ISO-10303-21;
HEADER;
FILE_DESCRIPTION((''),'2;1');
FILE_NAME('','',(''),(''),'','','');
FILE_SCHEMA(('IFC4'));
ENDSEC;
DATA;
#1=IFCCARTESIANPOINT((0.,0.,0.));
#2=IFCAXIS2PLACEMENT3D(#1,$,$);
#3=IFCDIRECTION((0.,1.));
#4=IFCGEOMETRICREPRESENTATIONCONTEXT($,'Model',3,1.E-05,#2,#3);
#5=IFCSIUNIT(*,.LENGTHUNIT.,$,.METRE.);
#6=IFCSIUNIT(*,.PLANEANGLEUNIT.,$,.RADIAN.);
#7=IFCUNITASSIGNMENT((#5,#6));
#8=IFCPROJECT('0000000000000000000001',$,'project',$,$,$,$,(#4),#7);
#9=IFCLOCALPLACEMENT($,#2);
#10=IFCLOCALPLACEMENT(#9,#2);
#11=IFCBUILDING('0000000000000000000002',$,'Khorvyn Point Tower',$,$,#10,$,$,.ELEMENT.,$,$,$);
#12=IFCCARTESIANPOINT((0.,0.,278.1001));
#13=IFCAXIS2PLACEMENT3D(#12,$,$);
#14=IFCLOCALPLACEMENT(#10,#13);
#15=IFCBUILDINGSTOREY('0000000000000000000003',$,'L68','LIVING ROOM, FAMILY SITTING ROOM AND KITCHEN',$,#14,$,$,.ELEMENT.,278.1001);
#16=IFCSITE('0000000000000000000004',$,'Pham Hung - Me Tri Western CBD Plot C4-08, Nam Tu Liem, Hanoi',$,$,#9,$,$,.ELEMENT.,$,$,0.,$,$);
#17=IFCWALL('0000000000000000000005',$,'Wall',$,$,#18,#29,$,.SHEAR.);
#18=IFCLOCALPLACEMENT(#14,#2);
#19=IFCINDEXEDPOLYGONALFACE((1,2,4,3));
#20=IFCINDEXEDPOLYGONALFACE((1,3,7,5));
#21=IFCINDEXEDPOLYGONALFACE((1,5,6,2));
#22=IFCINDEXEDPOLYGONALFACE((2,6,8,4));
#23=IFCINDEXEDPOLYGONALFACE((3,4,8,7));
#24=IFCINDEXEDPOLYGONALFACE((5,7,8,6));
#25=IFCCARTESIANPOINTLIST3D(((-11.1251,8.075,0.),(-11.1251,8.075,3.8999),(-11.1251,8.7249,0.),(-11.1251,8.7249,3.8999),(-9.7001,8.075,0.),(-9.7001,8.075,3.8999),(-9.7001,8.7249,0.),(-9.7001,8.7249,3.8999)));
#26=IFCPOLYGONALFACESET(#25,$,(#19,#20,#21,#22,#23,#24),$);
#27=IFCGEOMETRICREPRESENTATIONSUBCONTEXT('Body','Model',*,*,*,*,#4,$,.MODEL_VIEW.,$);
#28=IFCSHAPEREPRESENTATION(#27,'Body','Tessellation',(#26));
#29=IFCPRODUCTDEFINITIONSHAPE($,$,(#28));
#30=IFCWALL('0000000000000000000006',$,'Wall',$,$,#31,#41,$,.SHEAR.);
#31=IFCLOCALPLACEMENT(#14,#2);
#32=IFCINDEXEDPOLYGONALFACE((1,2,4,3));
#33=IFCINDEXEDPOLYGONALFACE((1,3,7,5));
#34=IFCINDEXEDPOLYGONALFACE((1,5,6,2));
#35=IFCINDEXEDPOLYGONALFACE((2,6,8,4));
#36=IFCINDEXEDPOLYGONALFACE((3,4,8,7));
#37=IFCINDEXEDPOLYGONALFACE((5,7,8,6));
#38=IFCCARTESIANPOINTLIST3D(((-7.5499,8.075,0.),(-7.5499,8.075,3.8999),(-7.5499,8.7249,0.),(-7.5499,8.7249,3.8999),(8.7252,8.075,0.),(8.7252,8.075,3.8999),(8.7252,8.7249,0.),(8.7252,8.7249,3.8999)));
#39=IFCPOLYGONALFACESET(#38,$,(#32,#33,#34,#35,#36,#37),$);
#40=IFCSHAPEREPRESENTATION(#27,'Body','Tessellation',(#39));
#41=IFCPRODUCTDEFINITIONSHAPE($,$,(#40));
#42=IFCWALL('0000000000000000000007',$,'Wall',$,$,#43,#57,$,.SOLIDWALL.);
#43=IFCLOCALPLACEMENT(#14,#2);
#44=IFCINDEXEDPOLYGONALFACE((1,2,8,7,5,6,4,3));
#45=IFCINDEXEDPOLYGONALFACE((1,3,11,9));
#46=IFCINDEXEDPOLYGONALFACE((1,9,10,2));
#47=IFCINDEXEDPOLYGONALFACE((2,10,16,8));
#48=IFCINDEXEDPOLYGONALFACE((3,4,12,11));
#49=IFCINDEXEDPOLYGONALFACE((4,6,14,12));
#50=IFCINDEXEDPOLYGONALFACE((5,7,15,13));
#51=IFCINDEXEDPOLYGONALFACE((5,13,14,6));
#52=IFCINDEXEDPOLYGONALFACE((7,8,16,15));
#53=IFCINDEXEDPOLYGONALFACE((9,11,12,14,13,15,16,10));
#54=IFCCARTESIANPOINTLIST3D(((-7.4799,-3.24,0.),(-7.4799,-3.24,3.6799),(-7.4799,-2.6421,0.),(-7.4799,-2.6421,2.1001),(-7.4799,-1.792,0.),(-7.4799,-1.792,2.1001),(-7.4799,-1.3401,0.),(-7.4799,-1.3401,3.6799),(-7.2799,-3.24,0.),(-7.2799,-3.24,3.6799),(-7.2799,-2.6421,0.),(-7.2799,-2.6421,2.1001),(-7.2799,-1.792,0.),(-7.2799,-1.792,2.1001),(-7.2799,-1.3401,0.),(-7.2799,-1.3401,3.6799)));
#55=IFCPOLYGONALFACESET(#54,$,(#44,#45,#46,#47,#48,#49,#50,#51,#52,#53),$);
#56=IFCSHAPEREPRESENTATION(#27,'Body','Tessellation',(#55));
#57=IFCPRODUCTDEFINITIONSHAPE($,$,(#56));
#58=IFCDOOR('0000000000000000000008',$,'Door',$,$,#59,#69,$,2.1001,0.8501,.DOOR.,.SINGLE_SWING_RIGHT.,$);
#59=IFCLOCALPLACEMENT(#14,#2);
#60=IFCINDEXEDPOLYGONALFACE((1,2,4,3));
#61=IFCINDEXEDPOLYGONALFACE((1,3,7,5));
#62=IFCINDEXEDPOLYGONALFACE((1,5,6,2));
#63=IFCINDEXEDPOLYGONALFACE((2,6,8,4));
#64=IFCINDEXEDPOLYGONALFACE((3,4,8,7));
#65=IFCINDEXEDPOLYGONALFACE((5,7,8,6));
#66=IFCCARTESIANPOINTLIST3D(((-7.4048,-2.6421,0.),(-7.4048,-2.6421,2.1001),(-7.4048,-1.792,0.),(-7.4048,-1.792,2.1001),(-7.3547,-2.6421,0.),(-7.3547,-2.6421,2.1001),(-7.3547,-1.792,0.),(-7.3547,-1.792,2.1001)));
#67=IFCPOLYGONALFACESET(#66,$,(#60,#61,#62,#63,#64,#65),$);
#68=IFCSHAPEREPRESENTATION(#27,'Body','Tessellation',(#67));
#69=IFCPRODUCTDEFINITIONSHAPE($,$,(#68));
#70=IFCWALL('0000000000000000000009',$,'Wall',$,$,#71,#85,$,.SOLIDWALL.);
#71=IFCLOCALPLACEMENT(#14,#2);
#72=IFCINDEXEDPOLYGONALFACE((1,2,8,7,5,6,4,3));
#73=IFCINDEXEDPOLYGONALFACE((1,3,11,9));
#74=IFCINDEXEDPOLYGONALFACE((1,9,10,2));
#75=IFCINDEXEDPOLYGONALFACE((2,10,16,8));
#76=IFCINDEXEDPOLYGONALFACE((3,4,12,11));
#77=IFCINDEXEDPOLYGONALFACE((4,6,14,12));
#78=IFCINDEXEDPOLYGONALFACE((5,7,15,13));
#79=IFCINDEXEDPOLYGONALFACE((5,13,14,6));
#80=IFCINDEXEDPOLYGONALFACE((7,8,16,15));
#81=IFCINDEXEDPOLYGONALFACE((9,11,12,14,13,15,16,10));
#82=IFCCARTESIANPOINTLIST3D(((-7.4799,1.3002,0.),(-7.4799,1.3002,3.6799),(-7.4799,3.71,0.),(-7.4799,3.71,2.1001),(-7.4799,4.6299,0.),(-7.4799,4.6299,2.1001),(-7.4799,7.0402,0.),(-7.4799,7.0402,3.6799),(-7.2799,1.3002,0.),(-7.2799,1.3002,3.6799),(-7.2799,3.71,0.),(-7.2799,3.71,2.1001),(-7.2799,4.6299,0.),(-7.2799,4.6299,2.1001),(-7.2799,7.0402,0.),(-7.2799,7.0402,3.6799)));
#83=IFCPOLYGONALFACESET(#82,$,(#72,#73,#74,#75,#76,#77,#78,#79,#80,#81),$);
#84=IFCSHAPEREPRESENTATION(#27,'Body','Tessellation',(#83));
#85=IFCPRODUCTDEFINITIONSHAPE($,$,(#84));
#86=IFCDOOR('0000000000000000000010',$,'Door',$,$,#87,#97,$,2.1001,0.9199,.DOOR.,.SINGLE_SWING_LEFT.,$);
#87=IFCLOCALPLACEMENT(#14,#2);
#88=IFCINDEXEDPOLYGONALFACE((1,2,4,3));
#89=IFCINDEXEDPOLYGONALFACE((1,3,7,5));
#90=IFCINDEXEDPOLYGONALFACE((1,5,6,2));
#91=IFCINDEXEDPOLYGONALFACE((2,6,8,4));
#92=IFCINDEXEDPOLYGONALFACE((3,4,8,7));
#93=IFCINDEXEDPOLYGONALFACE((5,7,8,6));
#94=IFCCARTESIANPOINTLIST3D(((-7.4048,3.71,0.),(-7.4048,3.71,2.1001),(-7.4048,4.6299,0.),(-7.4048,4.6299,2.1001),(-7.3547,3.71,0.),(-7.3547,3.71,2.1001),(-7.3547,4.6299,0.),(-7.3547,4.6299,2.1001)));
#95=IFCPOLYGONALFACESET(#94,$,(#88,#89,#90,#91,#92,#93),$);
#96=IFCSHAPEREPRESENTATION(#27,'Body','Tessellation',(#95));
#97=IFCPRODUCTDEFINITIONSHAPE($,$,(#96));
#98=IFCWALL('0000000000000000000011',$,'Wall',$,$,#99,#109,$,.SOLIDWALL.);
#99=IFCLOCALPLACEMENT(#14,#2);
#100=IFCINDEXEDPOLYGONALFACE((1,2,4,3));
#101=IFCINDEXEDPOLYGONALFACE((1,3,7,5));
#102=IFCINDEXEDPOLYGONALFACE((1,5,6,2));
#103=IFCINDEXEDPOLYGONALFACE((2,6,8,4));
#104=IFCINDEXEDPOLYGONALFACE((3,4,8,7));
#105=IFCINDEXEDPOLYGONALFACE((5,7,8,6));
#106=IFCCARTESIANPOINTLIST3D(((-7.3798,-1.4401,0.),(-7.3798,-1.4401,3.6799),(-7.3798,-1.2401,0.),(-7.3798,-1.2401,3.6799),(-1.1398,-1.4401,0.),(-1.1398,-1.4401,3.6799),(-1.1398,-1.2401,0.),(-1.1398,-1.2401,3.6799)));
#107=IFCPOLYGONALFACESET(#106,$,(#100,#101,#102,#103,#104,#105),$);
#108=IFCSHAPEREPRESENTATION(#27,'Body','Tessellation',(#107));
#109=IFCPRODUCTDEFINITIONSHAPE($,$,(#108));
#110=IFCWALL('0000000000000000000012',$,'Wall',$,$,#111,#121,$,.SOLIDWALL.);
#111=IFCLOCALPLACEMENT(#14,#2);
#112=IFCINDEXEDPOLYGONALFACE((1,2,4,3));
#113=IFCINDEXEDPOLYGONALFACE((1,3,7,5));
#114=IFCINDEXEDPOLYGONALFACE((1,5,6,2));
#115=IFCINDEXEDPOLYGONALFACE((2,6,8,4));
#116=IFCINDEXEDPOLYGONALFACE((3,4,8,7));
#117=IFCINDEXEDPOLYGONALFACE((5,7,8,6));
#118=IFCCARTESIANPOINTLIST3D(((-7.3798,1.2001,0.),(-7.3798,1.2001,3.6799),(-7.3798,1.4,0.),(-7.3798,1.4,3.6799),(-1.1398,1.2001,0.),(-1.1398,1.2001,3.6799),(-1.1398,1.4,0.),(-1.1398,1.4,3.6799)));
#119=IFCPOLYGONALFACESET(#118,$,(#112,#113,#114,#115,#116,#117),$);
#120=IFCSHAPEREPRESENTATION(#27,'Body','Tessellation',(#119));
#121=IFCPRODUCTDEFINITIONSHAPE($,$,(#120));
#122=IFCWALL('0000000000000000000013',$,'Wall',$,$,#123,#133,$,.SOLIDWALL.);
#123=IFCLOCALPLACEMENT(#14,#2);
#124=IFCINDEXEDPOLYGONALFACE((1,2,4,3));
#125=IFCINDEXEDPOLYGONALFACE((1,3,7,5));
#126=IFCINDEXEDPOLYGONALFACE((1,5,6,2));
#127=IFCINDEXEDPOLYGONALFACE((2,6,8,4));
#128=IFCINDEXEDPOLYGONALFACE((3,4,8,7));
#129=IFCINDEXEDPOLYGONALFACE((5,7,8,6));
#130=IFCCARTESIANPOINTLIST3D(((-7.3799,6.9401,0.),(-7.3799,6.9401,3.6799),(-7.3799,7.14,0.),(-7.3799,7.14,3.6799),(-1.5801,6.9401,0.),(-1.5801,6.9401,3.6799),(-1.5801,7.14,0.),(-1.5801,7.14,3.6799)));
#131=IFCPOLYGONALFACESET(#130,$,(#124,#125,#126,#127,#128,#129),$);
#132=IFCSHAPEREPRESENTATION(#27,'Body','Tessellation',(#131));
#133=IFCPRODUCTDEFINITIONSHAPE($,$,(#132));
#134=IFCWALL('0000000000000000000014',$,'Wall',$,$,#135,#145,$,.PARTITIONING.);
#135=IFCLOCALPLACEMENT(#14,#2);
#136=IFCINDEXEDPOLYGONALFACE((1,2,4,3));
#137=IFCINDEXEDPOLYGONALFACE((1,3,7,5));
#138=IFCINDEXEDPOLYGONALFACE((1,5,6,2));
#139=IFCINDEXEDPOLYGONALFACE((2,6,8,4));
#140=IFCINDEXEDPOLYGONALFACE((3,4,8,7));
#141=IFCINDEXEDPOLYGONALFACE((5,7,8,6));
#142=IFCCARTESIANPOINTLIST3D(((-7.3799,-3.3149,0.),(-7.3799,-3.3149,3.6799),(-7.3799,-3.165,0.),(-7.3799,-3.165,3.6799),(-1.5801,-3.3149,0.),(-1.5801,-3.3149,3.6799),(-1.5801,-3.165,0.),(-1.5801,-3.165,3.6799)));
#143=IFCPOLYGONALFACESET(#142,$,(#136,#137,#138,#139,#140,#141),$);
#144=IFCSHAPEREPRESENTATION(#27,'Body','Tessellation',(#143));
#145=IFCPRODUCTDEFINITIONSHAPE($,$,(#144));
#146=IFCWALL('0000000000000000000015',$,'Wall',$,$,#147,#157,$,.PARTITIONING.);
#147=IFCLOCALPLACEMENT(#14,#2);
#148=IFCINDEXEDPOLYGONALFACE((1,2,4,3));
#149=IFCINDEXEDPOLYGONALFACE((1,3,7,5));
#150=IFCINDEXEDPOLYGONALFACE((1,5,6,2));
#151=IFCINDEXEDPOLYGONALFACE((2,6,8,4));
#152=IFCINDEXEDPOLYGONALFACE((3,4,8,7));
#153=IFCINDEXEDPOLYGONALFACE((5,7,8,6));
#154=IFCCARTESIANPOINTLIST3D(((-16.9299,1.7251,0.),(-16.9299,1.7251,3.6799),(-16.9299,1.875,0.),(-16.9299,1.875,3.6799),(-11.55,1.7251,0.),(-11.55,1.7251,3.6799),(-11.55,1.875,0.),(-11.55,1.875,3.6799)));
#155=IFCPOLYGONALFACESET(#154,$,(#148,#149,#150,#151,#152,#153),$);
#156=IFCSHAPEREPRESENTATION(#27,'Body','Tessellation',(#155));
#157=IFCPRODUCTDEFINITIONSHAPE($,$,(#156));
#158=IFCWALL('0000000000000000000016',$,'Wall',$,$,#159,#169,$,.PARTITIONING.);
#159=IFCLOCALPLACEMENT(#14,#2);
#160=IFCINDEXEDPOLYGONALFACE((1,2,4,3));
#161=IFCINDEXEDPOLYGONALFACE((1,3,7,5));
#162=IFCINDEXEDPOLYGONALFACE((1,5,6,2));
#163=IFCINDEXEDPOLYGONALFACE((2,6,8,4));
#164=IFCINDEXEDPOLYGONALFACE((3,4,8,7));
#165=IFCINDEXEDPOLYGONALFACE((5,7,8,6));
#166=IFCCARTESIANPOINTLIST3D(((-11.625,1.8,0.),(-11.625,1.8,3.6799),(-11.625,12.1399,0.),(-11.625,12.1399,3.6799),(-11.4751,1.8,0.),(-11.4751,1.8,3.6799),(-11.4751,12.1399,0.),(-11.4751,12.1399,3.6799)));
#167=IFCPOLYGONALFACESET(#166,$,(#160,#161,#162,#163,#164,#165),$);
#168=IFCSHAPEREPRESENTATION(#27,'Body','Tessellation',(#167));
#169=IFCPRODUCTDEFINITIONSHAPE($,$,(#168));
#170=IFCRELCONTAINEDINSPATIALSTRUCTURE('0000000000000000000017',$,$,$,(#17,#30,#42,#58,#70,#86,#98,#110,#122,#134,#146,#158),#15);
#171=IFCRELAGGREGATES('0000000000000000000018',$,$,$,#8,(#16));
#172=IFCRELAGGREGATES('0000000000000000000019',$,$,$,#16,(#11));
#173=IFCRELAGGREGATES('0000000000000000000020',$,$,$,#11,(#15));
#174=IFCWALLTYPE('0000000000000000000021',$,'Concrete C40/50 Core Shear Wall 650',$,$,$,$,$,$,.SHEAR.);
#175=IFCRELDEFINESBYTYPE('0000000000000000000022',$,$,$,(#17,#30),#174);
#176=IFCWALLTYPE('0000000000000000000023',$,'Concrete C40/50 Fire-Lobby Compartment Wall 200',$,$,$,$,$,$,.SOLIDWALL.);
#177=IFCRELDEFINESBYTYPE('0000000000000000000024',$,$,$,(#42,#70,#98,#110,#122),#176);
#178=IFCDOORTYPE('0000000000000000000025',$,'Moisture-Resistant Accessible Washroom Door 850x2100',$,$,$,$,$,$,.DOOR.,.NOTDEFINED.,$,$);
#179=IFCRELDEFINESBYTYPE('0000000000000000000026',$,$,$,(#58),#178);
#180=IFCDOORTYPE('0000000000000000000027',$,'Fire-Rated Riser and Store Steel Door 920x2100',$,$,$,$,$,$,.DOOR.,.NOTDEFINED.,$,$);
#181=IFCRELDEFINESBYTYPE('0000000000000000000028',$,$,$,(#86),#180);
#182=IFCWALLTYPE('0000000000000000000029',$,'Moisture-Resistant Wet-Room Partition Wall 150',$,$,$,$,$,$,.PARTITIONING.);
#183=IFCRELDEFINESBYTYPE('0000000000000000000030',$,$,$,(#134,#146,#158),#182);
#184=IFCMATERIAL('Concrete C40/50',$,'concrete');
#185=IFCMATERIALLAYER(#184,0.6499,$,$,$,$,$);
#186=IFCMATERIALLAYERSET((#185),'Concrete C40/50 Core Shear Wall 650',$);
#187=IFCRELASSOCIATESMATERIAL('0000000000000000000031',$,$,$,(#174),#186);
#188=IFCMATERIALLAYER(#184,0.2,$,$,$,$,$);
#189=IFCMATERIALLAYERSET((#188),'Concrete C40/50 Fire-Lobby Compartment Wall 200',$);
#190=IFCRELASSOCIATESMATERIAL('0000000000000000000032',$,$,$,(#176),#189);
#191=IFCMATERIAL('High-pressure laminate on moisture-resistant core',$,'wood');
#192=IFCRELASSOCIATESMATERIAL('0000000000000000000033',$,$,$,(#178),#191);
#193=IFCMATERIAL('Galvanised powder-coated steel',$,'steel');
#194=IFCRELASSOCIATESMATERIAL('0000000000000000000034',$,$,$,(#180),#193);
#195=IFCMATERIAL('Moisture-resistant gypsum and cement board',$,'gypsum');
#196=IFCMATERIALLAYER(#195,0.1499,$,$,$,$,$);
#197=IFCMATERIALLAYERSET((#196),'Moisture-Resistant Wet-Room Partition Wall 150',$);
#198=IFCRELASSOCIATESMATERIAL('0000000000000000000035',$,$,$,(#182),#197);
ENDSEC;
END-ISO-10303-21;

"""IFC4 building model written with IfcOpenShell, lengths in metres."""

from ifc_helpers import new_model, si_unit, direction, frame, frame_2d, origin, place, context, subcontext, project, spatial, rectangle, extrude, material, layer, layer_set, type_object, element, fill, save


model = new_model("IFC4")

# Units and contexts
model_context = context("Model", 3, precision=1e-05, world=origin(), true_north=direction((0.0, 1.0)))
body_context = subcontext(model_context, "Body", "Model", "MODEL_VIEW")
ifc_project = project(units=[si_unit("LENGTHUNIT", "METRE"), si_unit("PLANEANGLEUNIT", "RADIAN")], contexts=[model_context])

# Site, building, storey
site_placement = place(None, origin())
site = spatial("IfcSite", under=ifc_project, at=site_placement, Name="Pham Hung - Me Tri Western CBD Plot C4-08, Nam Tu Liem, Hanoi", CompositionType="ELEMENT", RefElevation=0.0)
building_placement = place(site_placement, origin())
building = spatial("IfcBuilding", under=site, at=building_placement, Name="Khorvyn Point Tower", CompositionType="ELEMENT")
storey_placement = place(building_placement, frame((0.0, 0.0, 278.1001)))
storey = spatial("IfcBuildingStorey", under=building, at=storey_placement, Name="L68", Description="LIVING ROOM, FAMILY SITTING ROOM AND KITCHEN", CompositionType="ELEMENT", Elevation=278.1001)

# Shared definitions
ifc_material_1 = material(Name="Concrete C40/50", Category="concrete")

# Walls
ifc_layer_1 = layer(ifc_material_1, 0.6499)
ifc_layer_set_1 = layer_set([ifc_layer_1], Name="Concrete C40/50 Core Shear Wall 650")
wall_type_1 = type_object("IfcWallType", Name="Concrete C40/50 Core Shear Wall 650", PredefinedType="SHEAR", material=ifc_layer_set_1)
wall_1_placement = place(storey_placement, frame((-11.125, 8.3999, 0.0), z_axis=(0.0, 0.0, 1.0), x_axis=(1.0, 0.0, 0.0)))
element("IfcWall", 1, at=wall_1_placement, inside=storey, type_object=wall_type_1, Name="Wall", PredefinedType="SHEAR", context=body_context, shape_type="SweptSolid", body=[
    extrude(rectangle(XDim=1.425, YDim=0.6499, at=frame_2d((0.7124, 0.0))), origin(), (0.0, 0.0, 1.0), 3.8999),
])
wall_2_placement = place(storey_placement, frame((-7.55, 8.3999, 0.0), z_axis=(0.0, 0.0, 1.0), x_axis=(1.0, 0.0, 0.0)))
element("IfcWall", 2, at=wall_2_placement, inside=storey, type_object=wall_type_1, Name="Wall", PredefinedType="SHEAR", context=body_context, shape_type="SweptSolid", body=[
    extrude(rectangle(XDim=16.2751, YDim=0.6499, at=frame_2d((8.1377, 0.0))), origin(), (0.0, 0.0, 1.0), 3.8999),
])

# Walls, openings, doors
ifc_layer_2 = layer(ifc_material_1, 0.2)
ifc_layer_set_2 = layer_set([ifc_layer_2], Name="Concrete C40/50 Fire-Lobby Compartment Wall 200")
wall_type_2 = type_object("IfcWallType", Name="Concrete C40/50 Fire-Lobby Compartment Wall 200", PredefinedType="SOLIDWALL", material=ifc_layer_set_2)
ifc_material_2 = material(Name="Galvanised powder-coated steel", Category="steel")
wall_3_placement = place(storey_placement, frame((-7.3799, -3.24, 0.0), z_axis=(0.0, 0.0, 1.0), x_axis=(0.0, 1.0, 0.0)))
wall_3 = element("IfcWall", 3, at=wall_3_placement, inside=storey, type_object=wall_type_2, Name="Wall", PredefinedType="SOLIDWALL", context=body_context, shape_type="SweptSolid", body=[
    extrude(rectangle(XDim=1.8999, YDim=0.2, at=frame_2d((0.95, 0.0))), origin(), (0.0, 0.0, 1.0), 3.6799),
])
opening_1_placement = place(wall_3_placement, frame((0.5979, 0.0, 0.0)))
opening_1 = element("IfcOpeningElement", 4, at=opening_1_placement, cuts=wall_3, PredefinedType="OPENING", context=body_context, shape_type="SweptSolid", body=[
    extrude(rectangle(XDim=0.8501, YDim=2.1001, at=frame_2d((0.425, 1.05))), frame((0.0, 0.1099, 0.0), z_axis=(0.0, -1.0, 0.0), x_axis=(1.0, 0.0, 0.0)), (0.0, 0.0, 1.0), 0.22),
])
ifc_material_3 = material(Name="High-pressure laminate on moisture-resistant core", Category="wood")
door_type_1 = type_object("IfcDoorType", Name="Moisture-Resistant Accessible Washroom Door 850x2100", OperationType="NOTDEFINED", PredefinedType="DOOR", material=ifc_material_3)
door_1_placement = place(opening_1_placement, origin())
door_1 = element("IfcDoor", 5, at=door_1_placement, inside=storey, type_object=door_type_1, Name="Door", OperationType="SINGLE_SWING_RIGHT", OverallHeight=2.1001, OverallWidth=0.8501, PredefinedType="DOOR", context=body_context, shape_type="SweptSolid", body=[
    extrude(rectangle(XDim=0.8501, YDim=2.1001, at=frame_2d((0.425, 1.05))), frame((0.0, 0.0249, 0.0), z_axis=(0.0, -1.0, 0.0), x_axis=(1.0, 0.0, 0.0)), (0.0, 0.0, 1.0), 0.05),
])
fill(opening_1, door_1)
wall_4_placement = place(storey_placement, frame((-7.3799, 1.3, 0.0), z_axis=(0.0, 0.0, 1.0), x_axis=(0.0, 1.0, 0.0)))
wall_4 = element("IfcWall", 6, at=wall_4_placement, inside=storey, type_object=wall_type_2, Name="Wall", PredefinedType="SOLIDWALL", context=body_context, shape_type="SweptSolid", body=[
    extrude(rectangle(XDim=5.74, YDim=0.2, at=frame_2d((2.8701, 0.0))), origin(), (0.0, 0.0, 1.0), 3.6799),
])
opening_2_placement = place(wall_4_placement, frame((2.4099, 0.0, 0.0)))
opening_2 = element("IfcOpeningElement", 7, at=opening_2_placement, cuts=wall_4, PredefinedType="OPENING", context=body_context, shape_type="SweptSolid", body=[
    extrude(rectangle(XDim=0.9199, YDim=2.1001, at=frame_2d((0.46, 1.05))), frame((0.0, 0.1099, 0.0), z_axis=(0.0, -1.0, 0.0), x_axis=(1.0, 0.0, 0.0)), (0.0, 0.0, 1.0), 0.22),
])
door_type_2 = type_object("IfcDoorType", Name="Fire-Rated Riser and Store Steel Door 920x2100", OperationType="NOTDEFINED", PredefinedType="DOOR", material=ifc_material_2)
door_2_placement = place(opening_2_placement, origin())
door_2 = element("IfcDoor", 8, at=door_2_placement, inside=storey, type_object=door_type_2, Name="Door", OperationType="SINGLE_SWING_LEFT", OverallHeight=2.1001, OverallWidth=0.9199, PredefinedType="DOOR", context=body_context, shape_type="SweptSolid", body=[
    extrude(rectangle(XDim=0.9199, YDim=2.1001, at=frame_2d((0.46, 1.05))), frame((0.0, 0.0249, 0.0), z_axis=(0.0, -1.0, 0.0), x_axis=(1.0, 0.0, 0.0)), (0.0, 0.0, 1.0), 0.05),
])
fill(opening_2, door_2)

# Walls
for number, where, z_axis, x_axis, name in (
    (9, (-7.3799, -1.3401, 0.0), (0.0, 0.0, 1.0), (1.0, 0.0, 0.0), "Wall"),
    (10, (-7.3799, 1.3, 0.0), (0.0, 0.0, 1.0), (1.0, 0.0, 0.0), "Wall"),
):
    element("IfcWall", number, at=place(storey_placement, frame(where, z_axis=z_axis, x_axis=x_axis)), inside=storey, type_object=wall_type_2, Name=name, PredefinedType="SOLIDWALL", context=body_context, shape_type="SweptSolid", body=[
        extrude(rectangle(XDim=6.24, YDim=0.2, at=frame_2d((3.1201, 0.0))), origin(), (0.0, 0.0, 1.0), 3.6799),
    ])
wall_5_placement = place(storey_placement, frame((-7.3799, 7.04, 0.0), z_axis=(0.0, 0.0, 1.0), x_axis=(1.0, 0.0, 0.0)))
element("IfcWall", 11, at=wall_5_placement, inside=storey, type_object=wall_type_2, Name="Wall", PredefinedType="SOLIDWALL", context=body_context, shape_type="SweptSolid", body=[
    extrude(rectangle(XDim=5.7998, YDim=0.2, at=frame_2d((2.8999, 0.0))), origin(), (0.0, 0.0, 1.0), 3.6799),
])
ifc_material_4 = material(Name="Moisture-resistant gypsum and cement board", Category="gypsum")
ifc_layer_3 = layer(ifc_material_4, 0.1499)
ifc_layer_set_3 = layer_set([ifc_layer_3], Name="Moisture-Resistant Wet-Room Partition Wall 150")
wall_type_3 = type_object("IfcWallType", Name="Moisture-Resistant Wet-Room Partition Wall 150", PredefinedType="PARTITIONING", material=ifc_layer_set_3)
wall_6_placement = place(storey_placement, frame((-7.3799, -3.24, 0.0), z_axis=(0.0, 0.0, 1.0), x_axis=(1.0, 0.0, 0.0)))
element("IfcWall", 12, at=wall_6_placement, inside=storey, type_object=wall_type_3, Name="Wall", PredefinedType="PARTITIONING", context=body_context, shape_type="SweptSolid", body=[
    extrude(rectangle(XDim=5.7998, YDim=0.1499, at=frame_2d((2.8999, 0.0))), origin(), (0.0, 0.0, 1.0), 3.6799),
])
wall_7_placement = place(storey_placement, frame((-16.9299, 1.8, 0.0), z_axis=(0.0, 0.0, 1.0), x_axis=(1.0, 0.0, 0.0)))
element("IfcWall", 13, at=wall_7_placement, inside=storey, type_object=wall_type_3, Name="Wall", PredefinedType="PARTITIONING", context=body_context, shape_type="SweptSolid", body=[
    extrude(rectangle(XDim=5.3799, YDim=0.1499, at=frame_2d((2.6899, 0.0))), origin(), (0.0, 0.0, 1.0), 3.6799),
])
wall_8_placement = place(storey_placement, frame((-11.55, 1.8, 0.0), z_axis=(0.0, 0.0, 1.0), x_axis=(0.0, 1.0, 0.0)))
element("IfcWall", 14, at=wall_8_placement, inside=storey, type_object=wall_type_3, Name="Wall", PredefinedType="PARTITIONING", context=body_context, shape_type="SweptSolid", body=[
    extrude(rectangle(XDim=10.3398, YDim=0.1499, at=frame_2d((5.1699, 0.0))), origin(), (0.0, 0.0, 1.0), 3.6799),
])

save(model, "model.ifc")
